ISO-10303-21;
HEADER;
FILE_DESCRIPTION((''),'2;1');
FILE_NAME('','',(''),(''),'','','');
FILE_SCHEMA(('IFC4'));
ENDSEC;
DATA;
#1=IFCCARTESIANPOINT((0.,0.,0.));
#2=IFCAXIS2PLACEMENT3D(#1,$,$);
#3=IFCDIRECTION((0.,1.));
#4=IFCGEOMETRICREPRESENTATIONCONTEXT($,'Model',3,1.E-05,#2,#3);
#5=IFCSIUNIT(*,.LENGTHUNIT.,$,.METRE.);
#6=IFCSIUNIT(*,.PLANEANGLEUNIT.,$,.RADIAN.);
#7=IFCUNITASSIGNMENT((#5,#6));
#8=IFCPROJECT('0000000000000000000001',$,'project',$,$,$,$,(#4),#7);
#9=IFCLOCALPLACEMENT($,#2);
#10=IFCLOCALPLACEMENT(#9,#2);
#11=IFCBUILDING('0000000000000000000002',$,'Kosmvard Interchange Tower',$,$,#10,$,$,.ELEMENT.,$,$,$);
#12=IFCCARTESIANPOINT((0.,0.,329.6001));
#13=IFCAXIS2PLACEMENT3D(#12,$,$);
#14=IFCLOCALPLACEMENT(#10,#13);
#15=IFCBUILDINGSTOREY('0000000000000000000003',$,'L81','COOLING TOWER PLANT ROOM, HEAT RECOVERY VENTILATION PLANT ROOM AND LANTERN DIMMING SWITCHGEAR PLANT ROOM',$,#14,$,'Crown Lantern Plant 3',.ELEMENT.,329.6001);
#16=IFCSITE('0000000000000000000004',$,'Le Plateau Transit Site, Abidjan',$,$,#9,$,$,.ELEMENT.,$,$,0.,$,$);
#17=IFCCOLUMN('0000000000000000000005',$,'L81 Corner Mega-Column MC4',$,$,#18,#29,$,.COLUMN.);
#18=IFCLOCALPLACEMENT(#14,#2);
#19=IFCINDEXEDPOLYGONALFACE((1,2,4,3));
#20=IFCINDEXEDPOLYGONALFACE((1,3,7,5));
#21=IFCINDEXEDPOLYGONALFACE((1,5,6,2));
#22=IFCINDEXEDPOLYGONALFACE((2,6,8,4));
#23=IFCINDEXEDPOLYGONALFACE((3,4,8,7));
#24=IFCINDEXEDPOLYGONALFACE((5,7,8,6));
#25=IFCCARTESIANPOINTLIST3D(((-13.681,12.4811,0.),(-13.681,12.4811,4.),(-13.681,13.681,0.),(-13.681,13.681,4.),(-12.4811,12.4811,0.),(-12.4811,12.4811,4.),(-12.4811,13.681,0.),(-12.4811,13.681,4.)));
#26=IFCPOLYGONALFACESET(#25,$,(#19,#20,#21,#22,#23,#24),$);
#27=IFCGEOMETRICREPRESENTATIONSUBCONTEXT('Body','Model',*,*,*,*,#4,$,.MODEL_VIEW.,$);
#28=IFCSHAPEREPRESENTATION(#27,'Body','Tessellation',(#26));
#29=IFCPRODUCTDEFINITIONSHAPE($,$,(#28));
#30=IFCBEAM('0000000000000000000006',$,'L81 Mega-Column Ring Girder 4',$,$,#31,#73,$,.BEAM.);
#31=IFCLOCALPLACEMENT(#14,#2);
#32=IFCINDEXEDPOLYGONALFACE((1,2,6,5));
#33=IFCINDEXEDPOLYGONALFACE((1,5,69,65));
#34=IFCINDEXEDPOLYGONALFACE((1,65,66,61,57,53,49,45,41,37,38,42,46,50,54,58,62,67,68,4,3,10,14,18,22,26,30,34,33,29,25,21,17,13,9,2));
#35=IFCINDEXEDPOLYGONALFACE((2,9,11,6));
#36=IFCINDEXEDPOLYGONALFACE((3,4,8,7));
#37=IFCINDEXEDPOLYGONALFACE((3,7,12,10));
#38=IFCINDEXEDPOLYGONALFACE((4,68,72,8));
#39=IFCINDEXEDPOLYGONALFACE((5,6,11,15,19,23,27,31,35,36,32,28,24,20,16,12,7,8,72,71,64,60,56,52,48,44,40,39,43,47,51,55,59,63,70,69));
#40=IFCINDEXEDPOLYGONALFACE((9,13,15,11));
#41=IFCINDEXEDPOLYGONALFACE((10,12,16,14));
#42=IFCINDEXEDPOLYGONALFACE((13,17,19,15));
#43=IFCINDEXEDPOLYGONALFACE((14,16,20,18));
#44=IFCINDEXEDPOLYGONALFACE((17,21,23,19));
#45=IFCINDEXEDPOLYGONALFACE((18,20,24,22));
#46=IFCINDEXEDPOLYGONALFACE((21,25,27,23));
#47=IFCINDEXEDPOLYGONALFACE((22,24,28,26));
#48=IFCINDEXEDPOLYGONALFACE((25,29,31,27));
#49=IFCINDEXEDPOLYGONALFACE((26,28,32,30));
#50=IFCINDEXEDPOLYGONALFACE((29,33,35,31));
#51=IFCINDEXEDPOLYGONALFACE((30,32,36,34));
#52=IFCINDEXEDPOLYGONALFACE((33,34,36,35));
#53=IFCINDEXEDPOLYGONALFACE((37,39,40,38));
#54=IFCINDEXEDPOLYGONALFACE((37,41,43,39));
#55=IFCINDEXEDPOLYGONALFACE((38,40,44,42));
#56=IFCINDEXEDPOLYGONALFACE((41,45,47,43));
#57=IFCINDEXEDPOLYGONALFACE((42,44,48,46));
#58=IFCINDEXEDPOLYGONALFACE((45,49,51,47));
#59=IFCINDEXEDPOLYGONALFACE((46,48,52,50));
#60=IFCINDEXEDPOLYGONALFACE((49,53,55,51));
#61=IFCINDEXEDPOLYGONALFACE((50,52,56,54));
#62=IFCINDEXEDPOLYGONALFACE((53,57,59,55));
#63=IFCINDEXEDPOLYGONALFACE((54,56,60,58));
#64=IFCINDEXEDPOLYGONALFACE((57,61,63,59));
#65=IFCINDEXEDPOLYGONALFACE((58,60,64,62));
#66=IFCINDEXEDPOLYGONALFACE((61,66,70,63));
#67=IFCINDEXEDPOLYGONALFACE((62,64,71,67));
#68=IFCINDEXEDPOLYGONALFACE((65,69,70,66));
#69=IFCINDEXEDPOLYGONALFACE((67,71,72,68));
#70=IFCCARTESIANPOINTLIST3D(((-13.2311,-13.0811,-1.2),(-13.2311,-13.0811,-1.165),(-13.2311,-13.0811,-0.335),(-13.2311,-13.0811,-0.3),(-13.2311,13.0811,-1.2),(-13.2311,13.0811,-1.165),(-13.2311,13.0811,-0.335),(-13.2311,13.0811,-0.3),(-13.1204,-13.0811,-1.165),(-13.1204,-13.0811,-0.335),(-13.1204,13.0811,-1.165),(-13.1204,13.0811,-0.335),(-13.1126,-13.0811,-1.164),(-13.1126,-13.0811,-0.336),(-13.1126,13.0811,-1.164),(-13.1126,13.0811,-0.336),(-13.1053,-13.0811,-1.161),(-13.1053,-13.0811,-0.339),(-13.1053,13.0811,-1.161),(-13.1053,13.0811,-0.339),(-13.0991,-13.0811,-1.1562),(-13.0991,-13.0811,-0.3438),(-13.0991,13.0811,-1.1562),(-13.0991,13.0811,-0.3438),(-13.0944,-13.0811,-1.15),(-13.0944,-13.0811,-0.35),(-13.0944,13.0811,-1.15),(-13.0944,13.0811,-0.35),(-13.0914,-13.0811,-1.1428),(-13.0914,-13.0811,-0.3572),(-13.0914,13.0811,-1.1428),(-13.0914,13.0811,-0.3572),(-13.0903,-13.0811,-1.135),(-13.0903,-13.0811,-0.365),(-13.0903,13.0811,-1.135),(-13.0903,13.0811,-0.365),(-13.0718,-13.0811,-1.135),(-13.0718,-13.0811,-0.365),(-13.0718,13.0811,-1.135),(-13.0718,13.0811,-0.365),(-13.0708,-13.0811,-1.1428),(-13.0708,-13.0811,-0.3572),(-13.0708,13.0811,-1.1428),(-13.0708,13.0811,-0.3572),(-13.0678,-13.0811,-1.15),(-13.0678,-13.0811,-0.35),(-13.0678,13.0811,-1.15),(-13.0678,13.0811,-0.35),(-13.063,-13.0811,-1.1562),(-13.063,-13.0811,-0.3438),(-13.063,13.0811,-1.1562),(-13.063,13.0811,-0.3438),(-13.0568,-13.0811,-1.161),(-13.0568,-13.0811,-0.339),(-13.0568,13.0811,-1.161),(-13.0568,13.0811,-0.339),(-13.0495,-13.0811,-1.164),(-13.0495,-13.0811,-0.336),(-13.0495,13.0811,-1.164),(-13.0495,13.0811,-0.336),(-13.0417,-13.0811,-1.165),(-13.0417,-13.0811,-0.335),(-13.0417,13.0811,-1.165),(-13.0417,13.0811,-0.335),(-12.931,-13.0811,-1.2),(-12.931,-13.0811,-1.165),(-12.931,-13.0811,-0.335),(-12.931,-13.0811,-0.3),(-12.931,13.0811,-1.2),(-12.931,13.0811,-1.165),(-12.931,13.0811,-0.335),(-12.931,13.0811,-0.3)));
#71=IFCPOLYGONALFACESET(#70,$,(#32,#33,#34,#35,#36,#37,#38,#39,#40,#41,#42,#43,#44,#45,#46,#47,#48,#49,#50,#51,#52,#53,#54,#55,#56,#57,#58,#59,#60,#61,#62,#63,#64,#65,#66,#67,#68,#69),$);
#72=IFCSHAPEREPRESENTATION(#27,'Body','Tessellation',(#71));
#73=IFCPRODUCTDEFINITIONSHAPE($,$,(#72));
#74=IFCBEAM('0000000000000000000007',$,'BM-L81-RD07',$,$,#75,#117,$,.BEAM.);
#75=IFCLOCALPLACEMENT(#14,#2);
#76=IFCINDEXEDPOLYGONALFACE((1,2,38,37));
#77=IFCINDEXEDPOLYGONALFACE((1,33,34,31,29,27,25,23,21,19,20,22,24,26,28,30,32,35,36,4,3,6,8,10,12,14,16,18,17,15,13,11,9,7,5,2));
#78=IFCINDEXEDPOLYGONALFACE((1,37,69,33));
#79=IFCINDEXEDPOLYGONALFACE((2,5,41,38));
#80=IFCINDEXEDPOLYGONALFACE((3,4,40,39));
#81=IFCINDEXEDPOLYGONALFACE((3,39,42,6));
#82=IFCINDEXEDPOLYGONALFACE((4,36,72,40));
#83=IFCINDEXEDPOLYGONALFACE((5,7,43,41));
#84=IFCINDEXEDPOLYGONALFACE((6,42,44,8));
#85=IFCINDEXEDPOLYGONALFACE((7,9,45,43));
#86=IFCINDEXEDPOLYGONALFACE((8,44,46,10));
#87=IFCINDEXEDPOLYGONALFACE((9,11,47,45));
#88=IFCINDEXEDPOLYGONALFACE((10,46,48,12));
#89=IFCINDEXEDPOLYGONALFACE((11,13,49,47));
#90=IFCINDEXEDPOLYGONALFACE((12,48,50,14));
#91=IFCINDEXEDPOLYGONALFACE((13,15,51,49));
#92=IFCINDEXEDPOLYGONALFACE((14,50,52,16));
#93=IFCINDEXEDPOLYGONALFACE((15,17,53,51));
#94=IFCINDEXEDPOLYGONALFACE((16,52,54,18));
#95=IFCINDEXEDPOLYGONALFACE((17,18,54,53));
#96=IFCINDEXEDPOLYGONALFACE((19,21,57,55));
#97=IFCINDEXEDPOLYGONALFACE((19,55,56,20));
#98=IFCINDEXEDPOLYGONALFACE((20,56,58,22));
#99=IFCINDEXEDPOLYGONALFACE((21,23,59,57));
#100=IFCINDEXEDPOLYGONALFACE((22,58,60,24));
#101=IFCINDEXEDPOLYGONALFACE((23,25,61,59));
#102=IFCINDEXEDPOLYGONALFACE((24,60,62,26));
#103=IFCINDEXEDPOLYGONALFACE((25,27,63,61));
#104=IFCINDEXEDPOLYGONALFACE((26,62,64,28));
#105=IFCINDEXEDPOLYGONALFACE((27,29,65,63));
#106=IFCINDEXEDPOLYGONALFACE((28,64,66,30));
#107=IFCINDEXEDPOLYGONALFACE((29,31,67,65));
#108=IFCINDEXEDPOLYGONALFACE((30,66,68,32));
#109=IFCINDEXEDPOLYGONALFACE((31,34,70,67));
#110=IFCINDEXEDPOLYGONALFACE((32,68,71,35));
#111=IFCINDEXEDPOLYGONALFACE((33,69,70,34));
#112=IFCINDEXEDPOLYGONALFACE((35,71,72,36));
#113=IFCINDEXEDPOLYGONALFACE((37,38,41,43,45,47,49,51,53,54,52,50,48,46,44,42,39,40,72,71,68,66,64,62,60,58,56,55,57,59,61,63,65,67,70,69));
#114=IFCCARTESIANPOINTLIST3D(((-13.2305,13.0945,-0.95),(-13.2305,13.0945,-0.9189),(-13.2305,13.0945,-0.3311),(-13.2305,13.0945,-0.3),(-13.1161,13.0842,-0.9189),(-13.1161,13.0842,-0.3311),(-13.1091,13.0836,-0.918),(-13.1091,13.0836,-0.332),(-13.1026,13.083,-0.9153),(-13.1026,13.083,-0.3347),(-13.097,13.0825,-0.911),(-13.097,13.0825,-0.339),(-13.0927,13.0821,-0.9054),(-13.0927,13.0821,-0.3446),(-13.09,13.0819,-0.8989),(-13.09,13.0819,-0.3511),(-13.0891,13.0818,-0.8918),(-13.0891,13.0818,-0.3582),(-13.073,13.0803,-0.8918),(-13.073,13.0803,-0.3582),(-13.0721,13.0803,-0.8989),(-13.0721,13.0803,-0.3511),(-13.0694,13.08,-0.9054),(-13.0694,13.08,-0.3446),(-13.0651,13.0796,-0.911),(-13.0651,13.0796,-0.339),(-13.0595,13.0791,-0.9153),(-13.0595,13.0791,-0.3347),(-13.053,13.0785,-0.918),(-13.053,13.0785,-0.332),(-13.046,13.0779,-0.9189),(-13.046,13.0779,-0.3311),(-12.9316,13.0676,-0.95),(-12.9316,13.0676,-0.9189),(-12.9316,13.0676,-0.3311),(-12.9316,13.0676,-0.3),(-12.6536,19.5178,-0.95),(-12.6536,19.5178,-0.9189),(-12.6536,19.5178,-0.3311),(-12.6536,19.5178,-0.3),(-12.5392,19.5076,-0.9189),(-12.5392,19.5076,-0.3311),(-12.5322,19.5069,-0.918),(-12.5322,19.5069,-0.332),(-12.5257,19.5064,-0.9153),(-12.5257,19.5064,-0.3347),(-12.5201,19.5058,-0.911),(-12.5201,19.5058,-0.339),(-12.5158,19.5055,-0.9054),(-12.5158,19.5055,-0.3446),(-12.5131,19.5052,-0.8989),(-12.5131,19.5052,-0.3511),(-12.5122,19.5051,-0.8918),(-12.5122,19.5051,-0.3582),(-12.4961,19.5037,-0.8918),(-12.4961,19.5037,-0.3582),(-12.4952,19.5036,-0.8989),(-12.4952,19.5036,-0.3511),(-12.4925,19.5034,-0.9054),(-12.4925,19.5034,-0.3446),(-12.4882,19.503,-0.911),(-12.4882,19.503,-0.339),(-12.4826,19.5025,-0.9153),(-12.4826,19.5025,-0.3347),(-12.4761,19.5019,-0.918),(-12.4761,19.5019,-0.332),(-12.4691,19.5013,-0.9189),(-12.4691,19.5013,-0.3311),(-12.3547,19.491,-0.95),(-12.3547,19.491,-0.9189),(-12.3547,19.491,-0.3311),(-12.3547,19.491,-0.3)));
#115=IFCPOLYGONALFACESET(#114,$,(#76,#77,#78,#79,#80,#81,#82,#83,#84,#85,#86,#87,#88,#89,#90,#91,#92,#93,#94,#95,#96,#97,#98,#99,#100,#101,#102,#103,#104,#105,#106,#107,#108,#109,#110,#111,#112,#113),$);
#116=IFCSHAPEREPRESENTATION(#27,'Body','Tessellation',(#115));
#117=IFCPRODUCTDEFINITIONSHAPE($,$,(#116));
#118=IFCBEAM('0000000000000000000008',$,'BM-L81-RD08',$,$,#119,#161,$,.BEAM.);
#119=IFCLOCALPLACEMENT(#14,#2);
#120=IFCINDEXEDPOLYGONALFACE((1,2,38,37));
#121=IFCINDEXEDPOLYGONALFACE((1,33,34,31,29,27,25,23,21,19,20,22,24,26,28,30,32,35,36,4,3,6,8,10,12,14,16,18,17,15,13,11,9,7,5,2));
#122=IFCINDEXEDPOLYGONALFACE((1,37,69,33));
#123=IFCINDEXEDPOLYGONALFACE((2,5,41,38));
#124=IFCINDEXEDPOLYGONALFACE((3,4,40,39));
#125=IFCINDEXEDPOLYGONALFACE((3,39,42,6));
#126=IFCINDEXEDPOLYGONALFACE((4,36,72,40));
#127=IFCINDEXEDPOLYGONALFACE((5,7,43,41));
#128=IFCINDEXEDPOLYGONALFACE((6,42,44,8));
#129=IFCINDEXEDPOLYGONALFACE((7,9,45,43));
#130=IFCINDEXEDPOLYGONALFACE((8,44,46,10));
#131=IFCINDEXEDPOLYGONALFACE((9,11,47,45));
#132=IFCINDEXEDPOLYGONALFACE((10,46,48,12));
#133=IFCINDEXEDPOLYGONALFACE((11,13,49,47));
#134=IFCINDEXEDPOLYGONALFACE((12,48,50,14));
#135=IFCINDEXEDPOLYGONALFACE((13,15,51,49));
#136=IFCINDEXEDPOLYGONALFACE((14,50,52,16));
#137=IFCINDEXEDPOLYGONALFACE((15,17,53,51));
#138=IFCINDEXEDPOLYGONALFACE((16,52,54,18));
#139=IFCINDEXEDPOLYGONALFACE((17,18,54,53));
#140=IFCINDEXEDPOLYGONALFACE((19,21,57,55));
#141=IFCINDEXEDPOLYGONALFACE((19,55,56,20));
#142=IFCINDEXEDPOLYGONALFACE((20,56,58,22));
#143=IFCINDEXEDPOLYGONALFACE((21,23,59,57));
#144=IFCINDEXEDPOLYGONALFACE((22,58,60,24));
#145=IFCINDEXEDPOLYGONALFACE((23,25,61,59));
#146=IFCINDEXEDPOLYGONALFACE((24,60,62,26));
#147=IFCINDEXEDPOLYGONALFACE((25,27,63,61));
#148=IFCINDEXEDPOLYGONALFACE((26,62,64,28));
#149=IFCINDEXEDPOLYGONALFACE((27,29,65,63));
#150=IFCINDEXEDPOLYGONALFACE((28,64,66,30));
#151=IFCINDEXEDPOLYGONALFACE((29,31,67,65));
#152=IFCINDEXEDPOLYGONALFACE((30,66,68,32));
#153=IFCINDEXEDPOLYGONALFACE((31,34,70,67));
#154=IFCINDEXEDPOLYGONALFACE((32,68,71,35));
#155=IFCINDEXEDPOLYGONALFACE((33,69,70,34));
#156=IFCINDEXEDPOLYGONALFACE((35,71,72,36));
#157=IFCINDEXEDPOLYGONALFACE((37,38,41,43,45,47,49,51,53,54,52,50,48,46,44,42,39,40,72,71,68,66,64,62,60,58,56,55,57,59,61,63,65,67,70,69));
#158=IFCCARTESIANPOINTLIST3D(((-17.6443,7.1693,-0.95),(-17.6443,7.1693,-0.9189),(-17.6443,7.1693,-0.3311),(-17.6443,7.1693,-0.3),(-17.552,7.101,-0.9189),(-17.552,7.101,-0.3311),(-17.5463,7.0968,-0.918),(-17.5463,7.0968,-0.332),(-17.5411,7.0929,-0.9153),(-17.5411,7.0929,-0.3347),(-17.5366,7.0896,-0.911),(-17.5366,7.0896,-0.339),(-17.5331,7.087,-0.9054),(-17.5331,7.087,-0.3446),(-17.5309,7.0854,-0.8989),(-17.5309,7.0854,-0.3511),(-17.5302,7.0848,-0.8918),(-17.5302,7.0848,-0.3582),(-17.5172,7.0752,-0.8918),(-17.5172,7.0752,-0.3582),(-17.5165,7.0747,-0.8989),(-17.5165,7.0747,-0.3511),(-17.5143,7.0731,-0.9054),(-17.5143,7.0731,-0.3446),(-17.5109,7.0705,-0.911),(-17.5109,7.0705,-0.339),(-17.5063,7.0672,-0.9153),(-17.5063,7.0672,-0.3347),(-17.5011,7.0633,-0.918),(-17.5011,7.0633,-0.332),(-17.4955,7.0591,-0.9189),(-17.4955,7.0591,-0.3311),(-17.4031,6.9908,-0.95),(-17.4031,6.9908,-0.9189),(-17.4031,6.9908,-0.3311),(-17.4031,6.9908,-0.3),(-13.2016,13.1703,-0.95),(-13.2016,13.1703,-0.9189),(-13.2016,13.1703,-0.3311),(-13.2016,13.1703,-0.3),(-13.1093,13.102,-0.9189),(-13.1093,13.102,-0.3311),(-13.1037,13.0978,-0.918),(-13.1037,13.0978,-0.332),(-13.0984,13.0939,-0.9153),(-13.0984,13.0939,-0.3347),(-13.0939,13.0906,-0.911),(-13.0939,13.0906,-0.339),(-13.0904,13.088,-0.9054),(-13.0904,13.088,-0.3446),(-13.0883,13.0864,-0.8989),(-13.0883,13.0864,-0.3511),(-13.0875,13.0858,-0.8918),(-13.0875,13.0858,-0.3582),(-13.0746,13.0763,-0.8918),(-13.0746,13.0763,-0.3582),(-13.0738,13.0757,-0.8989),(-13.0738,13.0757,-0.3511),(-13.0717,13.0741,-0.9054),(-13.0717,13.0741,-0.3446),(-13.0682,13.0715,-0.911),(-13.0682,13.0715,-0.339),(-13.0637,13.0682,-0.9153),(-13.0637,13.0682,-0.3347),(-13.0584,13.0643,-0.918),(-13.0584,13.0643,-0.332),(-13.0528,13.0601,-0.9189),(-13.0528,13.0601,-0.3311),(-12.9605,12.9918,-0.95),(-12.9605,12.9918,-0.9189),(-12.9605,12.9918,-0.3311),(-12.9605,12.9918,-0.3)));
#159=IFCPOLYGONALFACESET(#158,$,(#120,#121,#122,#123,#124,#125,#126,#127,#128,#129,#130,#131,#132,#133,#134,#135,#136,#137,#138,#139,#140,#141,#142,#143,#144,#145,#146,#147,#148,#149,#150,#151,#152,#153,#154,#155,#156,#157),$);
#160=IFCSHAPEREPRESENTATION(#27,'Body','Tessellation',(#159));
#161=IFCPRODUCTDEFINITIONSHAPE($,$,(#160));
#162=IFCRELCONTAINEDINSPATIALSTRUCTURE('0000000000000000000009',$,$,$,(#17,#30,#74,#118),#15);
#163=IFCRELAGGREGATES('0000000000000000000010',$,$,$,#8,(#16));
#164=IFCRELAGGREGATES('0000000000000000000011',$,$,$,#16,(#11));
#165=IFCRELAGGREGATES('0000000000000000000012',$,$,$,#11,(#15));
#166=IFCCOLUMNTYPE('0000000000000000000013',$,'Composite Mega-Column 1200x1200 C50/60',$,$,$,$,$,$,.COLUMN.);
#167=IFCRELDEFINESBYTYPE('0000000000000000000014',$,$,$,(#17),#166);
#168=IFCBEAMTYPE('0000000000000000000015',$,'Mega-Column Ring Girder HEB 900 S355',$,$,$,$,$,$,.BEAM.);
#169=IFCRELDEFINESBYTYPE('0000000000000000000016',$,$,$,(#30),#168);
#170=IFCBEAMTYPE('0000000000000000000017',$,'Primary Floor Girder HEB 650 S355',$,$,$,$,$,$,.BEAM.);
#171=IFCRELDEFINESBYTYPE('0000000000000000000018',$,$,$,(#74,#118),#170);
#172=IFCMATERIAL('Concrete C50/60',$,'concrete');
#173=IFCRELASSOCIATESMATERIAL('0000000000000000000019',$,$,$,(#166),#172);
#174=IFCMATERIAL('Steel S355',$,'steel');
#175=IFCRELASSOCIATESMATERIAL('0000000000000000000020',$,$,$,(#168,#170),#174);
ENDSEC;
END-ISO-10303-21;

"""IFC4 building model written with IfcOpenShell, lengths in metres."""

from ifc_helpers import new_model, si_unit, direction, frame, origin, origin_2d, place, context, subcontext, project, spatial, rectangle, i_section, extrude, source, transform, mapped, material, material_profile, profile_set, type_object, element, save


model = new_model("IFC4")

# Units and contexts
model_context = context("Model", 3, precision=1e-05, world=origin(), true_north=direction((0.0, 1.0)))
body_context = subcontext(model_context, "Body", "Model", "MODEL_VIEW")
ifc_project = project(units=[si_unit("LENGTHUNIT", "METRE"), si_unit("PLANEANGLEUNIT", "RADIAN")], contexts=[model_context])

# Site, building, storey
site_placement = place(None, origin())
site = spatial("IfcSite", under=ifc_project, at=site_placement, Name="Le Plateau Transit Site, Abidjan", CompositionType="ELEMENT", RefElevation=0.0)
building_placement = place(site_placement, origin())
building = spatial("IfcBuilding", under=site, at=building_placement, Name="Kosmvard Interchange Tower", CompositionType="ELEMENT")
storey_placement = place(building_placement, frame((0.0, 0.0, 329.6001)))
storey = spatial("IfcBuildingStorey", under=building, at=storey_placement, Name="L81", Description="COOLING TOWER PLANT ROOM, HEAT RECOVERY VENTILATION PLANT ROOM AND LANTERN DIMMING SWITCHGEAR PLANT ROOM", LongName="Crown Lantern Plant 3", CompositionType="ELEMENT", Elevation=329.6001)

# Column
ifc_material_1 = material(Name="Concrete C50/60", Category="concrete")
ifc_material_profile_1 = material_profile(ifc_material_1, rectangle(XDim=1.2, YDim=1.2, at=origin_2d()), Name="MC 1200x1200")
ifc_profile_set_1 = profile_set([ifc_material_profile_1], Name="Concrete C50/60")
column_type = type_object("IfcColumnType", Name="Composite Mega-Column 1200x1200 C50/60", PredefinedType="COLUMN", material=ifc_profile_set_1)
shared_shape_1 = source(origin(), body_context, "Body", "SweptSolid", [
    extrude(rectangle(XDim=1.2, YDim=1.2, at=origin_2d()), origin(), (0.0, 0.0, 1.0), 4.0),
])
column_placement = place(storey_placement, frame((-13.0811, 13.0811, 0.0), z_axis=(0.0, 0.0, 1.0), x_axis=(1.0, 0.0, 0.0)))
element("IfcColumn", 1, at=column_placement, inside=storey, type_object=column_type, Name="L81 Corner Mega-Column MC4", PredefinedType="COLUMN", context=body_context, shape_type="MappedRepresentation", body=[
    mapped(shared_shape_1, transform((0.0, 0.0, 0.0), scale=1.0)),
])

# Beams
ifc_material_2 = material(Name="Steel S355", Category="steel")
ifc_material_profile_2 = material_profile(ifc_material_2, i_section(OverallWidth=0.3, OverallDepth=0.8999, WebThickness=0.0186, FlangeThickness=0.0349, FilletRadius=0.03, at=origin_2d()), Name="HEB 900")
ifc_profile_set_2 = profile_set([ifc_material_profile_2], Name="Steel S355")
beam_type_1 = type_object("IfcBeamType", Name="Mega-Column Ring Girder HEB 900 S355", PredefinedType="BEAM", material=ifc_profile_set_2)
shared_shape_2 = source(origin(), body_context, "Body", "SweptSolid", [
    extrude(i_section(OverallWidth=0.3, OverallDepth=0.8999, WebThickness=0.0186, FlangeThickness=0.0349, FilletRadius=0.03, at=origin_2d()), origin(), (0.0, 0.0, 1.0), 26.1621),
])
beam_1_placement = place(storey_placement, frame((-13.0811, 13.0811, -0.75), z_axis=(0.0, -1.0, 0.0), x_axis=(1.0, 0.0, 0.0)))
element("IfcBeam", 2, at=beam_1_placement, inside=storey, type_object=beam_type_1, Name="L81 Mega-Column Ring Girder 4", PredefinedType="BEAM", context=body_context, shape_type="MappedRepresentation", body=[
    mapped(shared_shape_2, transform((0.0, 0.0, 0.0), scale=1.0)),
])
ifc_material_profile_3 = material_profile(ifc_material_2, i_section(OverallWidth=0.3, OverallDepth=0.6499, WebThickness=0.0161, FlangeThickness=0.031, FilletRadius=0.0271, at=origin_2d()), Name="HEB 650")
ifc_profile_set_3 = profile_set([ifc_material_profile_3], Name="Steel S355")
beam_type_2 = type_object("IfcBeamType", Name="Primary Floor Girder HEB 650 S355", PredefinedType="BEAM", material=ifc_profile_set_3)
shared_shape_3 = source(origin(), body_context, "Body", "SweptSolid", [
    extrude(i_section(OverallWidth=0.3, OverallDepth=0.6499, WebThickness=0.0161, FlangeThickness=0.031, FilletRadius=0.0271, at=origin_2d()), origin(), (0.0, 0.0, 1.0), 6.4492),
])
beam_2_placement = place(storey_placement, frame((-13.0811, 13.0811, -0.625), z_axis=(0.089454, 0.995991, 0.0), x_axis=(-0.995991, 0.089454, 0.0)))
element("IfcBeam", 3, at=beam_2_placement, inside=storey, type_object=beam_type_2, Name="BM-L81-RD07", PredefinedType="BEAM", context=body_context, shape_type="MappedRepresentation", body=[
    mapped(shared_shape_3, transform((0.0, 0.0, 0.0), scale=1.0)),
])
shared_shape_4 = source(origin(), body_context, "Body", "SweptSolid", [
    extrude(i_section(OverallWidth=0.3, OverallDepth=0.6499, WebThickness=0.0161, FlangeThickness=0.031, FilletRadius=0.0271, at=origin_2d()), origin(), (0.0, 0.0, 1.0), 7.4666),
])
beam_3_placement = place(storey_placement, frame((-13.0811, 13.0811, -0.625), z_axis=(-0.595008, -0.80372, 0.0), x_axis=(0.80372, -0.595008, 0.0)))
element("IfcBeam", 4, at=beam_3_placement, inside=storey, type_object=beam_type_2, Name="BM-L81-RD08", PredefinedType="BEAM", context=body_context, shape_type="MappedRepresentation", body=[
    mapped(shared_shape_4, transform((0.0, 0.0, 0.0), scale=1.0)),
])

save(model, "model.ifc")
